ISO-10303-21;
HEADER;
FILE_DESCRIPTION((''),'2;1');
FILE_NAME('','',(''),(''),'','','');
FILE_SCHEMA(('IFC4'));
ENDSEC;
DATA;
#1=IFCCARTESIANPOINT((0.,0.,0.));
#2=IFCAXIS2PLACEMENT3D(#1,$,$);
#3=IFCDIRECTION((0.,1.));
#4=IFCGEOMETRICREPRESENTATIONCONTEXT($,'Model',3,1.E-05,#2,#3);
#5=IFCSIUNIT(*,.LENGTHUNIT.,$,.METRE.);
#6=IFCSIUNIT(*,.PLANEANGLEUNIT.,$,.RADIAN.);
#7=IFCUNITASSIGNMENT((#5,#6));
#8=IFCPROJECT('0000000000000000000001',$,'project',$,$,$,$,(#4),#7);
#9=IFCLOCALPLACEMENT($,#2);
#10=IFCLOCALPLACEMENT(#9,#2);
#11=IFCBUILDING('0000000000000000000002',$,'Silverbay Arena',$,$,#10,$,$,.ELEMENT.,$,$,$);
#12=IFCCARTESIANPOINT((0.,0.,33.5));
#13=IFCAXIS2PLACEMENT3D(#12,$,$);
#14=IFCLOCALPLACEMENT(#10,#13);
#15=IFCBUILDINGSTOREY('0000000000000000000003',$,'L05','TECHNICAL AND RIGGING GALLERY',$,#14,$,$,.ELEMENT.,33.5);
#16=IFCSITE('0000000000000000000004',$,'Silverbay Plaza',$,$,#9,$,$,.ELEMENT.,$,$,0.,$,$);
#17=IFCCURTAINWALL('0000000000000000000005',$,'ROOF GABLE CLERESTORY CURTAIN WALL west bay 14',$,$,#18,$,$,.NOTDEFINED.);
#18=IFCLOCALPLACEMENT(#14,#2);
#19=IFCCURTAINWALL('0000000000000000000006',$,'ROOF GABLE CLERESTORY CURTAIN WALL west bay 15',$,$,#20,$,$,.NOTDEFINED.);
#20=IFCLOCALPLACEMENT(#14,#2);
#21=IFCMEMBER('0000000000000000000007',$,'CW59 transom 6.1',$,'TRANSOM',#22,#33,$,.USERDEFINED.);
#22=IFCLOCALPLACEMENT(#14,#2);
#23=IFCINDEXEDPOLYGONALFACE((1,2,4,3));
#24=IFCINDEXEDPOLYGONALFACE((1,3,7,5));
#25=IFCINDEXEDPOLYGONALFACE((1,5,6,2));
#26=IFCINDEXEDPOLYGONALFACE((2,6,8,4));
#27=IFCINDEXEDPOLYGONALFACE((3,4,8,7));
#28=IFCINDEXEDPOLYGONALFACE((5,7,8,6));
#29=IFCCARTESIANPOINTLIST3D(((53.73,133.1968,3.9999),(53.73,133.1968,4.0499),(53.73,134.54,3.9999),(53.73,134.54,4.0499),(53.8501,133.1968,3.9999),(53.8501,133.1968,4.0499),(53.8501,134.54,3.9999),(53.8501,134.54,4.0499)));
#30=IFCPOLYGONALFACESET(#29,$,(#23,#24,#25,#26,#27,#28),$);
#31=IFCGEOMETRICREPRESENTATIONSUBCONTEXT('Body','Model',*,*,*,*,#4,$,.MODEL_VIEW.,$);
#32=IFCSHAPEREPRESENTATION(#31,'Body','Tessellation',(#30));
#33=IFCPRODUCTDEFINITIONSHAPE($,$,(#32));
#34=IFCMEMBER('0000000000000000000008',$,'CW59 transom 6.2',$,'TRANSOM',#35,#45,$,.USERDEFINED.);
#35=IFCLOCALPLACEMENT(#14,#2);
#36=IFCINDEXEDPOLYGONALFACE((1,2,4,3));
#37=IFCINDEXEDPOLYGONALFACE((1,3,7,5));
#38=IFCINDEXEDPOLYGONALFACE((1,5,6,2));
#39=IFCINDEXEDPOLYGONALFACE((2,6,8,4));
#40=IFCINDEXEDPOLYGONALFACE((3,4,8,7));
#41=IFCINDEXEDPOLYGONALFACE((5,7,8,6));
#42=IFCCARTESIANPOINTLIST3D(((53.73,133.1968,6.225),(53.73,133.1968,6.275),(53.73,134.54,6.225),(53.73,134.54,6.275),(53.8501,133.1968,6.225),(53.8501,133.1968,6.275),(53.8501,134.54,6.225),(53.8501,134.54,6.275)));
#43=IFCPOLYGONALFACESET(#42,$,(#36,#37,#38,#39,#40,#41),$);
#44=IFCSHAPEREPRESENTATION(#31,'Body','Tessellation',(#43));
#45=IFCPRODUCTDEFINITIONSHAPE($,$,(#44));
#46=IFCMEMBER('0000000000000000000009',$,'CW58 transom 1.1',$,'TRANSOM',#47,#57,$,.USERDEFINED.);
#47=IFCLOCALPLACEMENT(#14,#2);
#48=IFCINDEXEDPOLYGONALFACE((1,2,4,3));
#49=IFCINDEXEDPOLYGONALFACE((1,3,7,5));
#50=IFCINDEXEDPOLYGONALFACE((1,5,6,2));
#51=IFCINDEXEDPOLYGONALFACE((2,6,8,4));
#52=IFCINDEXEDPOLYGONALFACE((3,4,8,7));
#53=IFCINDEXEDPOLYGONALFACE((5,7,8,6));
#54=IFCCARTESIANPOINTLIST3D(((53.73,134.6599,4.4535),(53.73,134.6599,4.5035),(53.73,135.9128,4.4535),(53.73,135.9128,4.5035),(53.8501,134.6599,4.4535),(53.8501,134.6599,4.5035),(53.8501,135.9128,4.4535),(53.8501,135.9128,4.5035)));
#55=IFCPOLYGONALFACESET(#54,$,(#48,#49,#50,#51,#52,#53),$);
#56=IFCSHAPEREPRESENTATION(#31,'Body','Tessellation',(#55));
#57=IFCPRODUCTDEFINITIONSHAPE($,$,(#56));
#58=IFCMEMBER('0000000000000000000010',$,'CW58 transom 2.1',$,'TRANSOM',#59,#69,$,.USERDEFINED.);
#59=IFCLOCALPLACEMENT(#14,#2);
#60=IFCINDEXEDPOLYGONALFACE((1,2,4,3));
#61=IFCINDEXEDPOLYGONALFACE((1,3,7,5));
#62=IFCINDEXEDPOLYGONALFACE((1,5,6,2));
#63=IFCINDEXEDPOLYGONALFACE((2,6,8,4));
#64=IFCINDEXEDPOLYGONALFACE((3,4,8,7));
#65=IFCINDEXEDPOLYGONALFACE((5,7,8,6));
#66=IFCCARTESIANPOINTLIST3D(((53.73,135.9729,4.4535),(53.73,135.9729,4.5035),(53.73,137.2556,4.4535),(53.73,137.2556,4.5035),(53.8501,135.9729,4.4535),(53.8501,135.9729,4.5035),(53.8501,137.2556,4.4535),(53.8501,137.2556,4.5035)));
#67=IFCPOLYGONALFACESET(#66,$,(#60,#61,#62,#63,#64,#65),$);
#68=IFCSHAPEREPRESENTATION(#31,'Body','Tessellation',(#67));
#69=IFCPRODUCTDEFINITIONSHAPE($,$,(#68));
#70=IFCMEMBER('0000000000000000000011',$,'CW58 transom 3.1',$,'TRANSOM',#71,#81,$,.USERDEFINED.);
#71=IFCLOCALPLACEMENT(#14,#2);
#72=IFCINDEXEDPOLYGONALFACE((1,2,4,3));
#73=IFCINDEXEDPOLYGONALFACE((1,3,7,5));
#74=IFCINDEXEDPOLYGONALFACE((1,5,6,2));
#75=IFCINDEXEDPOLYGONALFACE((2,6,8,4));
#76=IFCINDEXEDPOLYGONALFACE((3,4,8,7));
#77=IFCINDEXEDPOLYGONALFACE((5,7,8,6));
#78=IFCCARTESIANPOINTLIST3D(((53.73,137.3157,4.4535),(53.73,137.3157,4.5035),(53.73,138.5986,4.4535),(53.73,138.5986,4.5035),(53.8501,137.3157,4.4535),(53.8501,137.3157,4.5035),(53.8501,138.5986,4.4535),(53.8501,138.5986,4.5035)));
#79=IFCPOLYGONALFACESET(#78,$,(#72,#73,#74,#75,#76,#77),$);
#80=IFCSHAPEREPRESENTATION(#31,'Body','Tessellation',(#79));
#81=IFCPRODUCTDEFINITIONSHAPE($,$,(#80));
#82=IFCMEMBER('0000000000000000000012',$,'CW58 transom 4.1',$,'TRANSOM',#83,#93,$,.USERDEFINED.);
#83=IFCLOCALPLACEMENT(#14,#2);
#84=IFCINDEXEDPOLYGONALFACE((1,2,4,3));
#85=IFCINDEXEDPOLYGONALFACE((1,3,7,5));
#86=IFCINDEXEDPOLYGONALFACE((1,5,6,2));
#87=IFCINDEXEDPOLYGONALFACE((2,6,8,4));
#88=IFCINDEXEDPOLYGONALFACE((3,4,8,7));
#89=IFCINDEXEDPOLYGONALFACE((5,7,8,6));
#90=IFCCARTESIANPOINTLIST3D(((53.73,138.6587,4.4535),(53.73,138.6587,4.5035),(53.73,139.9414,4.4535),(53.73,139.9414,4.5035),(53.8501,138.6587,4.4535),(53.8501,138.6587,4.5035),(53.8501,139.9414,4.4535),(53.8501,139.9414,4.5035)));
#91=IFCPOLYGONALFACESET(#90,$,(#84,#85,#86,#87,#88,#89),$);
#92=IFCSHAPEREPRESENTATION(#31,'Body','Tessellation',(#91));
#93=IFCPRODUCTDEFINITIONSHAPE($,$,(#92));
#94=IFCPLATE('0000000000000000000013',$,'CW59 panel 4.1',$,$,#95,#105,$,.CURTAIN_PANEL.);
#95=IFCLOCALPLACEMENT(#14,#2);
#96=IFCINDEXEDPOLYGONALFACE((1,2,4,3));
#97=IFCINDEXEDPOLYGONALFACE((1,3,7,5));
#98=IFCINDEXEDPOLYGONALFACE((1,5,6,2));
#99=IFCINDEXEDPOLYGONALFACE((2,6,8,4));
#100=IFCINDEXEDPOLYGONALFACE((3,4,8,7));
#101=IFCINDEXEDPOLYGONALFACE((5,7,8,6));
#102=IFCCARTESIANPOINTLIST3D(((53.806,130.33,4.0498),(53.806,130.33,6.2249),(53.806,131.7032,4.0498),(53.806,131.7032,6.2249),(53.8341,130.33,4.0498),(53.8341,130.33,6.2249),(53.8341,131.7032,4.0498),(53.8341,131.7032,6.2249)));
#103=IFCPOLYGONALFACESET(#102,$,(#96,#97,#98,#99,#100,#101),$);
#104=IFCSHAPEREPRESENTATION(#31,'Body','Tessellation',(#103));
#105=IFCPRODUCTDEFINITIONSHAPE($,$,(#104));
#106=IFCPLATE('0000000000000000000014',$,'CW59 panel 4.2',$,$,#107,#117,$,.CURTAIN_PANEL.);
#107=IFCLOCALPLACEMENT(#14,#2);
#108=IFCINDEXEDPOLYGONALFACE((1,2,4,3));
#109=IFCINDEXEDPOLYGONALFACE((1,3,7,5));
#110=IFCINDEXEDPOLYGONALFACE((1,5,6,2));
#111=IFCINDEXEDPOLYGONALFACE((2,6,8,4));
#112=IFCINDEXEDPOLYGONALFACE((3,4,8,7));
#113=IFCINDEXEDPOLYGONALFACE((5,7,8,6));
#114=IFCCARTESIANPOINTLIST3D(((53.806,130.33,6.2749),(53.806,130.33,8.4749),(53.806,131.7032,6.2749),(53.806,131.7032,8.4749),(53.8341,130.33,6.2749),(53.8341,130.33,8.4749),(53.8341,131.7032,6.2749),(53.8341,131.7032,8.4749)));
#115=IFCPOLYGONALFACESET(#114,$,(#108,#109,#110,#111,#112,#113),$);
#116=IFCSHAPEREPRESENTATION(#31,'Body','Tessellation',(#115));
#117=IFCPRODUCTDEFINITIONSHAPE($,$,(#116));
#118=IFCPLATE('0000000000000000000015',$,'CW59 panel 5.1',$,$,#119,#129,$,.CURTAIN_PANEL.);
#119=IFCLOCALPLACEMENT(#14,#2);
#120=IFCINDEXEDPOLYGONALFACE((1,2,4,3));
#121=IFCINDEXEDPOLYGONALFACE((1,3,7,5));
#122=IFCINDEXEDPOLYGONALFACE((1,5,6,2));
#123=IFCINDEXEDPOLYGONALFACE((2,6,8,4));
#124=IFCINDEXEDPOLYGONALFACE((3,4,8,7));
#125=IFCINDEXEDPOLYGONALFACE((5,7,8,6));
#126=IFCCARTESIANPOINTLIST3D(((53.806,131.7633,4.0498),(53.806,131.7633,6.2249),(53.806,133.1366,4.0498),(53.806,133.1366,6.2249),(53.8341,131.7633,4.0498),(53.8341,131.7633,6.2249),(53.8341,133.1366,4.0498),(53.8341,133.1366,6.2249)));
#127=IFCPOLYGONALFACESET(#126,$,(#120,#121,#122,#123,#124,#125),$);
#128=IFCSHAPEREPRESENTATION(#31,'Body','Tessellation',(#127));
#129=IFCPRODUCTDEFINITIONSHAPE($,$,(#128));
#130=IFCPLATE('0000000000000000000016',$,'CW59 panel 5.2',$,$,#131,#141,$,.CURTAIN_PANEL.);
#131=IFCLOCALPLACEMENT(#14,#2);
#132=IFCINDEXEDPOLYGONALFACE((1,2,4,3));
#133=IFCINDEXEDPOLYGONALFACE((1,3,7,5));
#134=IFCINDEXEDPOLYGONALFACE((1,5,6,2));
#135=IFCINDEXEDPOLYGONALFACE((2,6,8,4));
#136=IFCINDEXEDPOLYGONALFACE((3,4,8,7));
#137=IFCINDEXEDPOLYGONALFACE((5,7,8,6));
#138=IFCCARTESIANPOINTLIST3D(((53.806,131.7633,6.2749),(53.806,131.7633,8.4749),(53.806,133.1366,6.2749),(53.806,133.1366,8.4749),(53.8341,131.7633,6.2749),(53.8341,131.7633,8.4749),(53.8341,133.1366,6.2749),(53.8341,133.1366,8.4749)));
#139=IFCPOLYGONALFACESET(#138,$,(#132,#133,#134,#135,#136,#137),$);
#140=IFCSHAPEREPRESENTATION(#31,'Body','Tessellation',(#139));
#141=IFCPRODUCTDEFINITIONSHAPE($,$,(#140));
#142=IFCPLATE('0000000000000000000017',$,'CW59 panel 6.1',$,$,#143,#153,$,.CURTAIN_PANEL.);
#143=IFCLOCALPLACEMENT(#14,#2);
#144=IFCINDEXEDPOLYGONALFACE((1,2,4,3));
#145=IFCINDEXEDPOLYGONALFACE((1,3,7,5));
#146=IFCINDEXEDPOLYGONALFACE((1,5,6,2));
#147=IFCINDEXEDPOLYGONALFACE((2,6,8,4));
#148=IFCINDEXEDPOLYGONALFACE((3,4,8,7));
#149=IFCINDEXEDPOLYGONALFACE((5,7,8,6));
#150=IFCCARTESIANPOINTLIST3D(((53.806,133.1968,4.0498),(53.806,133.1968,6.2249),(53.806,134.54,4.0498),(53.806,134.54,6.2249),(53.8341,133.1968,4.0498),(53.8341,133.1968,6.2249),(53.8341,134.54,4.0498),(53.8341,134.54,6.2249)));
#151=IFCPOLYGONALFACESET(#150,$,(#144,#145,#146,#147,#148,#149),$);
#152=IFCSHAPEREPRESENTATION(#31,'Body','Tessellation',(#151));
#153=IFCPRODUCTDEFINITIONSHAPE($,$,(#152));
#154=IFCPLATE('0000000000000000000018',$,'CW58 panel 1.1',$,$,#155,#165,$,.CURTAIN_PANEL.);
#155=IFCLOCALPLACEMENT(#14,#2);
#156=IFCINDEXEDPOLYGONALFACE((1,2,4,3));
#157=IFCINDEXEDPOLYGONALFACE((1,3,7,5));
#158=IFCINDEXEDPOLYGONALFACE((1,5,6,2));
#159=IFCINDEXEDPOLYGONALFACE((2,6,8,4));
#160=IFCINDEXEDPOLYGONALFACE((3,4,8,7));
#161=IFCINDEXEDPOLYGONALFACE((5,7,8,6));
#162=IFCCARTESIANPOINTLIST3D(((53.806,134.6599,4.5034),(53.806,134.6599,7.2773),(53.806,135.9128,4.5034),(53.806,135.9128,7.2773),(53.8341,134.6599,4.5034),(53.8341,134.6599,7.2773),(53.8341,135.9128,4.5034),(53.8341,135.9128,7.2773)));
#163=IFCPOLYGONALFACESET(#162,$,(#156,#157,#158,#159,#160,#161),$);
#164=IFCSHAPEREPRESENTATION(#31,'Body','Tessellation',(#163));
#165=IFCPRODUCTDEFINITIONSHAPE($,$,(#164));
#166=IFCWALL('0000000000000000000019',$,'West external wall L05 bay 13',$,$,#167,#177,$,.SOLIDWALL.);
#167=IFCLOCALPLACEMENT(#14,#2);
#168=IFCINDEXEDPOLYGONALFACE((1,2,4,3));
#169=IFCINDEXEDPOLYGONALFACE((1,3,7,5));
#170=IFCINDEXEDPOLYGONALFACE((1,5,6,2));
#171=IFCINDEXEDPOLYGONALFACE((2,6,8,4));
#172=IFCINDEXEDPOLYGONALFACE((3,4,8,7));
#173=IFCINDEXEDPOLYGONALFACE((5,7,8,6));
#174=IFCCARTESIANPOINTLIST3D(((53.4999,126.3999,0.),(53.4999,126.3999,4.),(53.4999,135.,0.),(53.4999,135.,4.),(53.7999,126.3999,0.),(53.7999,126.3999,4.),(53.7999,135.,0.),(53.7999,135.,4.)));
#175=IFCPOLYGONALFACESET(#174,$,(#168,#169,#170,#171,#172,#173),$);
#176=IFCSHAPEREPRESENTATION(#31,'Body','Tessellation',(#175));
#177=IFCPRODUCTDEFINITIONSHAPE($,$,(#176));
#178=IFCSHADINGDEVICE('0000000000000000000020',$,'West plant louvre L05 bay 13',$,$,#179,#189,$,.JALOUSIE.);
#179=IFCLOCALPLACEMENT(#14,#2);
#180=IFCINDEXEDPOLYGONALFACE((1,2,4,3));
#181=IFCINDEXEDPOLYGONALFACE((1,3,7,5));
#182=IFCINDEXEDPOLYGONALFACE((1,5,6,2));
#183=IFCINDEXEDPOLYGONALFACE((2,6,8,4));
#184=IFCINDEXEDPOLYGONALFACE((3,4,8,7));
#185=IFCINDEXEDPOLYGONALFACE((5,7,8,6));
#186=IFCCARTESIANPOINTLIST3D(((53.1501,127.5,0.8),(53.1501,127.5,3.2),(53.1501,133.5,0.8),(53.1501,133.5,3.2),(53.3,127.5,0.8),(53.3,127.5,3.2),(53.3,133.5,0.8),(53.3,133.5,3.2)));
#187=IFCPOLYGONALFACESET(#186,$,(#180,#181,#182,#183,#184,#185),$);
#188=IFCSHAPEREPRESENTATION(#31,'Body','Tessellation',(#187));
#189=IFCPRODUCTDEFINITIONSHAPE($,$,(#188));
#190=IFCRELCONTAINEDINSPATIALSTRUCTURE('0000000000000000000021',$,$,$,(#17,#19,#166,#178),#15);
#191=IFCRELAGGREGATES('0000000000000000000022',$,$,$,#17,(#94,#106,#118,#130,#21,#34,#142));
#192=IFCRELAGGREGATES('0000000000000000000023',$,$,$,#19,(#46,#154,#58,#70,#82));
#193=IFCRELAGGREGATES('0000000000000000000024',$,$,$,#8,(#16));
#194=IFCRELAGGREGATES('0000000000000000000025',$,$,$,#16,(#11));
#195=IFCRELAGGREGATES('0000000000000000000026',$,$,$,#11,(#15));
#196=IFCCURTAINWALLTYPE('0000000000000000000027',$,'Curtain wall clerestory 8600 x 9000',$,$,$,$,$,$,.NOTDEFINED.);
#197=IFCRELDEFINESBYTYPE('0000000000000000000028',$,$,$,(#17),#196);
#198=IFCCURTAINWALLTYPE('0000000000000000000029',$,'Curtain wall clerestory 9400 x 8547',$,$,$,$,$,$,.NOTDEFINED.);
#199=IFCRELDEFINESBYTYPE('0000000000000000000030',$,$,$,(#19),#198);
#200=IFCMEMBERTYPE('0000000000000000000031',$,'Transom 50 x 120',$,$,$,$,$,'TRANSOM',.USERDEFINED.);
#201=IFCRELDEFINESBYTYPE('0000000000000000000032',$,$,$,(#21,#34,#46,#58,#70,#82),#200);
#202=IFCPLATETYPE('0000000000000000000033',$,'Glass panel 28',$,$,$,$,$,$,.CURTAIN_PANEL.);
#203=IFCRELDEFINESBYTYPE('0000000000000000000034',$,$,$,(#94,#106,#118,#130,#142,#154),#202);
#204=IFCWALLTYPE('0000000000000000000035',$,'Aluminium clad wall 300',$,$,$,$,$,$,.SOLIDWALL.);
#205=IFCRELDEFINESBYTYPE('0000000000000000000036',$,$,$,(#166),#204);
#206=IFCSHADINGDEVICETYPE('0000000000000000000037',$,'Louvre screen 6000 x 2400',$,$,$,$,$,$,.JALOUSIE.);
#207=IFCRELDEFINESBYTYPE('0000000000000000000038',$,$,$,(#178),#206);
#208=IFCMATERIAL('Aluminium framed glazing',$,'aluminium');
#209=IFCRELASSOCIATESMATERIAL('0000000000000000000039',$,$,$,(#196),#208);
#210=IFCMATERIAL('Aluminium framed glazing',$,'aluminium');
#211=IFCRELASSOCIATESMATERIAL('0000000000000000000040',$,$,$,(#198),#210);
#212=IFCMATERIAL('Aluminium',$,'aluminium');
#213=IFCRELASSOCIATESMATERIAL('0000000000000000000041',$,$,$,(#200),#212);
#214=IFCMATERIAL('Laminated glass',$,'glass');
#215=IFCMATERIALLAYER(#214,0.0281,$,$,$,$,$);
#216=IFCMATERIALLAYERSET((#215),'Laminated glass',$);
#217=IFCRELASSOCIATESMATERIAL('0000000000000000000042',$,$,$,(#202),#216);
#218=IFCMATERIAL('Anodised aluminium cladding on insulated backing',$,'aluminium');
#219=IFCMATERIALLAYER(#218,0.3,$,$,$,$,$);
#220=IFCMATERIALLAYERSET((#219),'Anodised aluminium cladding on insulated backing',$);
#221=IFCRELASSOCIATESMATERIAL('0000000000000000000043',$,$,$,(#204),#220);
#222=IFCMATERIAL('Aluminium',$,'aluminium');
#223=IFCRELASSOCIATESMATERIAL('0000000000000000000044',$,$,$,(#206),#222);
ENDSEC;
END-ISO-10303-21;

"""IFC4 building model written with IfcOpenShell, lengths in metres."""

from ifc_helpers import new_model, si_unit, direction, frame, frame_2d, origin, origin_2d, place, context, subcontext, project, spatial, rectangle, extrude, material, layer, layer_set, material_profile, profile_set, type_object, element, aggregate, save


model = new_model("IFC4")

# Units and contexts
model_context = context("Model", 3, precision=1e-05, world=origin(), true_north=direction((0.0, 1.0)))
body_context = subcontext(model_context, "Body", "Model", "MODEL_VIEW")
ifc_project = project(units=[si_unit("LENGTHUNIT", "METRE"), si_unit("PLANEANGLEUNIT", "RADIAN")], contexts=[model_context])

# Site, building, storey
site_placement = place(None, origin())
site = spatial("IfcSite", under=ifc_project, at=site_placement, Name="Silverbay Plaza", CompositionType="ELEMENT", RefElevation=0.0)
building_placement = place(site_placement, origin())
building = spatial("IfcBuilding", under=site, at=building_placement, Name="Silverbay Arena", CompositionType="ELEMENT")
storey_placement = place(building_placement, frame((0.0, 0.0, 33.5)))
storey = spatial("IfcBuildingStorey", under=building, at=storey_placement, Name="L05", Description="TECHNICAL AND RIGGING GALLERY", CompositionType="ELEMENT", Elevation=33.5)

# Curtain walls
ifc_material_1 = material(Name="Aluminium framed glazing", Category="aluminium")
curtain_wall_type_1 = type_object("IfcCurtainWallType", Name="Curtain wall clerestory 8600 x 9000", PredefinedType="NOTDEFINED", material=ifc_material_1)
curtain_wall_1_placement = place(storey_placement, origin())
curtain_wall_1 = element("IfcCurtainWall", 1, at=curtain_wall_1_placement, inside=storey, type_object=curtain_wall_type_1, Name="ROOF GABLE CLERESTORY CURTAIN WALL west bay 14", PredefinedType="NOTDEFINED")
ifc_material_2 = material(Name="Aluminium framed glazing", Category="aluminium")
curtain_wall_type_2 = type_object("IfcCurtainWallType", Name="Curtain wall clerestory 9400 x 8547", PredefinedType="NOTDEFINED", material=ifc_material_2)
curtain_wall_2_placement = place(storey_placement, origin())
curtain_wall_2 = element("IfcCurtainWall", 2, at=curtain_wall_2_placement, inside=storey, type_object=curtain_wall_type_2, Name="ROOF GABLE CLERESTORY CURTAIN WALL west bay 15", PredefinedType="NOTDEFINED")

# Members
ifc_material_3 = material(Name="Aluminium", Category="aluminium")
ifc_material_profile_1 = material_profile(ifc_material_3, rectangle(XDim=0.1201, YDim=0.05, at=origin_2d()), Name="Transom 50 x 120")
ifc_profile_set_1 = profile_set([ifc_material_profile_1], Name="Aluminium")
member_type_1 = type_object("IfcMemberType", Name="Transom 50 x 120", ElementType="TRANSOM", PredefinedType="USERDEFINED", material=ifc_profile_set_1)
member_1_placement = place(storey_placement, frame((53.79, 133.1968, 4.0249), z_axis=(0.0, 1.0, 0.0), x_axis=(-1.0, 0.0, 0.0)))
member_1 = element("IfcMember", 3, at=member_1_placement, type_object=member_type_1, Name="CW59 transom 6.1", ObjectType="TRANSOM", PredefinedType="USERDEFINED", context=body_context, shape_type="SweptSolid", body=[
    extrude(rectangle(XDim=0.1201, YDim=0.05, at=origin_2d()), origin(), (0.0, 0.0, 1.0), 1.3433),
])
member_2_placement = place(storey_placement, frame((53.79, 133.1968, 6.25), z_axis=(0.0, 1.0, 0.0), x_axis=(-1.0, 0.0, 0.0)))
member_2 = element("IfcMember", 4, at=member_2_placement, type_object=member_type_1, Name="CW59 transom 6.2", ObjectType="TRANSOM", PredefinedType="USERDEFINED", context=body_context, shape_type="SweptSolid", body=[
    extrude(rectangle(XDim=0.1201, YDim=0.05, at=origin_2d()), origin(), (0.0, 0.0, 1.0), 1.3433),
])
member_3_placement = place(storey_placement, frame((53.79, 134.6599, 4.4785), z_axis=(0.0, 1.0, 0.0), x_axis=(-1.0, 0.0, 0.0)))
member_3 = element("IfcMember", 5, at=member_3_placement, type_object=member_type_1, Name="CW58 transom 1.1", ObjectType="TRANSOM", PredefinedType="USERDEFINED", context=body_context, shape_type="SweptSolid", body=[
    extrude(rectangle(XDim=0.1201, YDim=0.05, at=origin_2d()), origin(), (0.0, 0.0, 1.0), 1.2529),
])
member_4_placement = place(storey_placement, frame((53.79, 135.9729, 4.4785), z_axis=(0.0, 1.0, 0.0), x_axis=(-1.0, 0.0, 0.0)))
member_4 = element("IfcMember", 6, at=member_4_placement, type_object=member_type_1, Name="CW58 transom 2.1", ObjectType="TRANSOM", PredefinedType="USERDEFINED", context=body_context, shape_type="SweptSolid", body=[
    extrude(rectangle(XDim=0.1201, YDim=0.05, at=origin_2d()), origin(), (0.0, 0.0, 1.0), 1.2827),
])
member_5_placement = place(storey_placement, frame((53.79, 137.3157, 4.4785), z_axis=(0.0, 1.0, 0.0), x_axis=(-1.0, 0.0, 0.0)))
member_5 = element("IfcMember", 7, at=member_5_placement, type_object=member_type_1, Name="CW58 transom 3.1", ObjectType="TRANSOM", PredefinedType="USERDEFINED", context=body_context, shape_type="SweptSolid", body=[
    extrude(rectangle(XDim=0.1201, YDim=0.05, at=origin_2d()), origin(), (0.0, 0.0, 1.0), 1.283),
])
member_6_placement = place(storey_placement, frame((53.79, 138.6587, 4.4785), z_axis=(0.0, 1.0, 0.0), x_axis=(-1.0, 0.0, 0.0)))
member_6 = element("IfcMember", 8, at=member_6_placement, type_object=member_type_1, Name="CW58 transom 4.1", ObjectType="TRANSOM", PredefinedType="USERDEFINED", context=body_context, shape_type="SweptSolid", body=[
    extrude(rectangle(XDim=0.1201, YDim=0.05, at=origin_2d()), origin(), (0.0, 0.0, 1.0), 1.2827),
])

# Plates
ifc_material_4 = material(Name="Laminated glass", Category="glass")
ifc_layer_1 = layer(ifc_material_4, 0.0281)
ifc_layer_set_1 = layer_set([ifc_layer_1], Name="Laminated glass")
plate_type = type_object("IfcPlateType", Name="Glass panel 28", PredefinedType="CURTAIN_PANEL", material=ifc_layer_set_1)
plate_1_placement = place(storey_placement, frame((53.8201, 131.0166, 4.0498), z_axis=(0.0, 0.0, 1.0), x_axis=(0.0, 1.0, 0.0)))
plate_1 = element("IfcPlate", 9, at=plate_1_placement, type_object=plate_type, Name="CW59 panel 4.1", PredefinedType="CURTAIN_PANEL", context=body_context, shape_type="SweptSolid", body=[
    extrude(rectangle(XDim=1.3733, YDim=0.0281, at=origin_2d()), origin(), (0.0, 0.0, 1.0), 2.175),
])
plate_2_placement = place(storey_placement, frame((53.8201, 131.0166, 6.2749), z_axis=(0.0, 0.0, 1.0), x_axis=(0.0, 1.0, 0.0)))
plate_2 = element("IfcPlate", 10, at=plate_2_placement, type_object=plate_type, Name="CW59 panel 4.2", PredefinedType="CURTAIN_PANEL", context=body_context, shape_type="SweptSolid", body=[
    extrude(rectangle(XDim=1.3733, YDim=0.0281, at=origin_2d()), origin(), (0.0, 0.0, 1.0), 2.2),
])
plate_3_placement = place(storey_placement, frame((53.8201, 132.45, 4.0498), z_axis=(0.0, 0.0, 1.0), x_axis=(0.0, 1.0, 0.0)))
plate_3 = element("IfcPlate", 11, at=plate_3_placement, type_object=plate_type, Name="CW59 panel 5.1", PredefinedType="CURTAIN_PANEL", context=body_context, shape_type="SweptSolid", body=[
    extrude(rectangle(XDim=1.3733, YDim=0.0281, at=origin_2d()), origin(), (0.0, 0.0, 1.0), 2.175),
])
plate_4_placement = place(storey_placement, frame((53.8201, 132.45, 6.2749), z_axis=(0.0, 0.0, 1.0), x_axis=(0.0, 1.0, 0.0)))
plate_4 = element("IfcPlate", 12, at=plate_4_placement, type_object=plate_type, Name="CW59 panel 5.2", PredefinedType="CURTAIN_PANEL", context=body_context, shape_type="SweptSolid", body=[
    extrude(rectangle(XDim=1.3733, YDim=0.0281, at=origin_2d()), origin(), (0.0, 0.0, 1.0), 2.2),
])
plate_5_placement = place(storey_placement, frame((53.8201, 133.8684, 4.0498), z_axis=(0.0, 0.0, 1.0), x_axis=(0.0, 1.0, 0.0)))
plate_5 = element("IfcPlate", 13, at=plate_5_placement, type_object=plate_type, Name="CW59 panel 6.1", PredefinedType="CURTAIN_PANEL", context=body_context, shape_type="SweptSolid", body=[
    extrude(rectangle(XDim=1.3433, YDim=0.0281, at=origin_2d()), origin(), (0.0, 0.0, 1.0), 2.175),
])
aggregate(curtain_wall_1, [plate_1, plate_2, plate_3, plate_4, member_1, member_2, plate_5])
plate_6_placement = place(storey_placement, frame((53.8201, 135.2864, 4.5034), z_axis=(0.0, 0.0, 1.0), x_axis=(0.0, 1.0, 0.0)))
plate_6 = element("IfcPlate", 14, at=plate_6_placement, type_object=plate_type, Name="CW58 panel 1.1", PredefinedType="CURTAIN_PANEL", context=body_context, shape_type="SweptSolid", body=[
    extrude(rectangle(XDim=1.2529, YDim=0.0281, at=origin_2d()), origin(), (0.0, 0.0, 1.0), 2.7739),
])
aggregate(curtain_wall_2, [member_3, plate_6, member_4, member_5, member_6])

# Wall
ifc_material_5 = material(Name="Anodised aluminium cladding on insulated backing", Category="aluminium")
ifc_layer_2 = layer(ifc_material_5, 0.3)
ifc_layer_set_2 = layer_set([ifc_layer_2], Name="Anodised aluminium cladding on insulated backing")
wall_type = type_object("IfcWallType", Name="Aluminium clad wall 300", PredefinedType="SOLIDWALL", material=ifc_layer_set_2)
wall_placement = place(storey_placement, frame((53.6499, 135.0, 0.0), z_axis=(0.0, 0.0, 1.0), x_axis=(0.0, -1.0, 0.0)))
element("IfcWall", 15, at=wall_placement, inside=storey, type_object=wall_type, Name="West external wall L05 bay 13", PredefinedType="SOLIDWALL", context=body_context, shape_type="SweptSolid", body=[
    extrude(rectangle(XDim=8.6001, YDim=0.3, at=frame_2d((4.3, 0.0))), origin(), (0.0, 0.0, 1.0), 4.0),
])

# Shading device
ifc_material_6 = material(Name="Aluminium", Category="aluminium")
shading_device_type_1 = type_object("IfcShadingDeviceType", Name="Louvre screen 6000 x 2400", PredefinedType="JALOUSIE", material=ifc_material_6)
shading_device_placement = place(storey_placement, frame((53.2251, 130.5, 0.8), z_axis=(0.0, 0.0, 1.0), x_axis=(0.0, 1.0, 0.0)))
element("IfcShadingDevice", 16, at=shading_device_placement, inside=storey, type_object=shading_device_type_1, Name="West plant louvre L05 bay 13", PredefinedType="JALOUSIE", context=body_context, shape_type="SweptSolid", body=[
    extrude(rectangle(XDim=6.0, YDim=0.1499, at=origin_2d()), origin(), (0.0, 0.0, 1.0), 2.3999),
])

save(model, "model.ifc")
